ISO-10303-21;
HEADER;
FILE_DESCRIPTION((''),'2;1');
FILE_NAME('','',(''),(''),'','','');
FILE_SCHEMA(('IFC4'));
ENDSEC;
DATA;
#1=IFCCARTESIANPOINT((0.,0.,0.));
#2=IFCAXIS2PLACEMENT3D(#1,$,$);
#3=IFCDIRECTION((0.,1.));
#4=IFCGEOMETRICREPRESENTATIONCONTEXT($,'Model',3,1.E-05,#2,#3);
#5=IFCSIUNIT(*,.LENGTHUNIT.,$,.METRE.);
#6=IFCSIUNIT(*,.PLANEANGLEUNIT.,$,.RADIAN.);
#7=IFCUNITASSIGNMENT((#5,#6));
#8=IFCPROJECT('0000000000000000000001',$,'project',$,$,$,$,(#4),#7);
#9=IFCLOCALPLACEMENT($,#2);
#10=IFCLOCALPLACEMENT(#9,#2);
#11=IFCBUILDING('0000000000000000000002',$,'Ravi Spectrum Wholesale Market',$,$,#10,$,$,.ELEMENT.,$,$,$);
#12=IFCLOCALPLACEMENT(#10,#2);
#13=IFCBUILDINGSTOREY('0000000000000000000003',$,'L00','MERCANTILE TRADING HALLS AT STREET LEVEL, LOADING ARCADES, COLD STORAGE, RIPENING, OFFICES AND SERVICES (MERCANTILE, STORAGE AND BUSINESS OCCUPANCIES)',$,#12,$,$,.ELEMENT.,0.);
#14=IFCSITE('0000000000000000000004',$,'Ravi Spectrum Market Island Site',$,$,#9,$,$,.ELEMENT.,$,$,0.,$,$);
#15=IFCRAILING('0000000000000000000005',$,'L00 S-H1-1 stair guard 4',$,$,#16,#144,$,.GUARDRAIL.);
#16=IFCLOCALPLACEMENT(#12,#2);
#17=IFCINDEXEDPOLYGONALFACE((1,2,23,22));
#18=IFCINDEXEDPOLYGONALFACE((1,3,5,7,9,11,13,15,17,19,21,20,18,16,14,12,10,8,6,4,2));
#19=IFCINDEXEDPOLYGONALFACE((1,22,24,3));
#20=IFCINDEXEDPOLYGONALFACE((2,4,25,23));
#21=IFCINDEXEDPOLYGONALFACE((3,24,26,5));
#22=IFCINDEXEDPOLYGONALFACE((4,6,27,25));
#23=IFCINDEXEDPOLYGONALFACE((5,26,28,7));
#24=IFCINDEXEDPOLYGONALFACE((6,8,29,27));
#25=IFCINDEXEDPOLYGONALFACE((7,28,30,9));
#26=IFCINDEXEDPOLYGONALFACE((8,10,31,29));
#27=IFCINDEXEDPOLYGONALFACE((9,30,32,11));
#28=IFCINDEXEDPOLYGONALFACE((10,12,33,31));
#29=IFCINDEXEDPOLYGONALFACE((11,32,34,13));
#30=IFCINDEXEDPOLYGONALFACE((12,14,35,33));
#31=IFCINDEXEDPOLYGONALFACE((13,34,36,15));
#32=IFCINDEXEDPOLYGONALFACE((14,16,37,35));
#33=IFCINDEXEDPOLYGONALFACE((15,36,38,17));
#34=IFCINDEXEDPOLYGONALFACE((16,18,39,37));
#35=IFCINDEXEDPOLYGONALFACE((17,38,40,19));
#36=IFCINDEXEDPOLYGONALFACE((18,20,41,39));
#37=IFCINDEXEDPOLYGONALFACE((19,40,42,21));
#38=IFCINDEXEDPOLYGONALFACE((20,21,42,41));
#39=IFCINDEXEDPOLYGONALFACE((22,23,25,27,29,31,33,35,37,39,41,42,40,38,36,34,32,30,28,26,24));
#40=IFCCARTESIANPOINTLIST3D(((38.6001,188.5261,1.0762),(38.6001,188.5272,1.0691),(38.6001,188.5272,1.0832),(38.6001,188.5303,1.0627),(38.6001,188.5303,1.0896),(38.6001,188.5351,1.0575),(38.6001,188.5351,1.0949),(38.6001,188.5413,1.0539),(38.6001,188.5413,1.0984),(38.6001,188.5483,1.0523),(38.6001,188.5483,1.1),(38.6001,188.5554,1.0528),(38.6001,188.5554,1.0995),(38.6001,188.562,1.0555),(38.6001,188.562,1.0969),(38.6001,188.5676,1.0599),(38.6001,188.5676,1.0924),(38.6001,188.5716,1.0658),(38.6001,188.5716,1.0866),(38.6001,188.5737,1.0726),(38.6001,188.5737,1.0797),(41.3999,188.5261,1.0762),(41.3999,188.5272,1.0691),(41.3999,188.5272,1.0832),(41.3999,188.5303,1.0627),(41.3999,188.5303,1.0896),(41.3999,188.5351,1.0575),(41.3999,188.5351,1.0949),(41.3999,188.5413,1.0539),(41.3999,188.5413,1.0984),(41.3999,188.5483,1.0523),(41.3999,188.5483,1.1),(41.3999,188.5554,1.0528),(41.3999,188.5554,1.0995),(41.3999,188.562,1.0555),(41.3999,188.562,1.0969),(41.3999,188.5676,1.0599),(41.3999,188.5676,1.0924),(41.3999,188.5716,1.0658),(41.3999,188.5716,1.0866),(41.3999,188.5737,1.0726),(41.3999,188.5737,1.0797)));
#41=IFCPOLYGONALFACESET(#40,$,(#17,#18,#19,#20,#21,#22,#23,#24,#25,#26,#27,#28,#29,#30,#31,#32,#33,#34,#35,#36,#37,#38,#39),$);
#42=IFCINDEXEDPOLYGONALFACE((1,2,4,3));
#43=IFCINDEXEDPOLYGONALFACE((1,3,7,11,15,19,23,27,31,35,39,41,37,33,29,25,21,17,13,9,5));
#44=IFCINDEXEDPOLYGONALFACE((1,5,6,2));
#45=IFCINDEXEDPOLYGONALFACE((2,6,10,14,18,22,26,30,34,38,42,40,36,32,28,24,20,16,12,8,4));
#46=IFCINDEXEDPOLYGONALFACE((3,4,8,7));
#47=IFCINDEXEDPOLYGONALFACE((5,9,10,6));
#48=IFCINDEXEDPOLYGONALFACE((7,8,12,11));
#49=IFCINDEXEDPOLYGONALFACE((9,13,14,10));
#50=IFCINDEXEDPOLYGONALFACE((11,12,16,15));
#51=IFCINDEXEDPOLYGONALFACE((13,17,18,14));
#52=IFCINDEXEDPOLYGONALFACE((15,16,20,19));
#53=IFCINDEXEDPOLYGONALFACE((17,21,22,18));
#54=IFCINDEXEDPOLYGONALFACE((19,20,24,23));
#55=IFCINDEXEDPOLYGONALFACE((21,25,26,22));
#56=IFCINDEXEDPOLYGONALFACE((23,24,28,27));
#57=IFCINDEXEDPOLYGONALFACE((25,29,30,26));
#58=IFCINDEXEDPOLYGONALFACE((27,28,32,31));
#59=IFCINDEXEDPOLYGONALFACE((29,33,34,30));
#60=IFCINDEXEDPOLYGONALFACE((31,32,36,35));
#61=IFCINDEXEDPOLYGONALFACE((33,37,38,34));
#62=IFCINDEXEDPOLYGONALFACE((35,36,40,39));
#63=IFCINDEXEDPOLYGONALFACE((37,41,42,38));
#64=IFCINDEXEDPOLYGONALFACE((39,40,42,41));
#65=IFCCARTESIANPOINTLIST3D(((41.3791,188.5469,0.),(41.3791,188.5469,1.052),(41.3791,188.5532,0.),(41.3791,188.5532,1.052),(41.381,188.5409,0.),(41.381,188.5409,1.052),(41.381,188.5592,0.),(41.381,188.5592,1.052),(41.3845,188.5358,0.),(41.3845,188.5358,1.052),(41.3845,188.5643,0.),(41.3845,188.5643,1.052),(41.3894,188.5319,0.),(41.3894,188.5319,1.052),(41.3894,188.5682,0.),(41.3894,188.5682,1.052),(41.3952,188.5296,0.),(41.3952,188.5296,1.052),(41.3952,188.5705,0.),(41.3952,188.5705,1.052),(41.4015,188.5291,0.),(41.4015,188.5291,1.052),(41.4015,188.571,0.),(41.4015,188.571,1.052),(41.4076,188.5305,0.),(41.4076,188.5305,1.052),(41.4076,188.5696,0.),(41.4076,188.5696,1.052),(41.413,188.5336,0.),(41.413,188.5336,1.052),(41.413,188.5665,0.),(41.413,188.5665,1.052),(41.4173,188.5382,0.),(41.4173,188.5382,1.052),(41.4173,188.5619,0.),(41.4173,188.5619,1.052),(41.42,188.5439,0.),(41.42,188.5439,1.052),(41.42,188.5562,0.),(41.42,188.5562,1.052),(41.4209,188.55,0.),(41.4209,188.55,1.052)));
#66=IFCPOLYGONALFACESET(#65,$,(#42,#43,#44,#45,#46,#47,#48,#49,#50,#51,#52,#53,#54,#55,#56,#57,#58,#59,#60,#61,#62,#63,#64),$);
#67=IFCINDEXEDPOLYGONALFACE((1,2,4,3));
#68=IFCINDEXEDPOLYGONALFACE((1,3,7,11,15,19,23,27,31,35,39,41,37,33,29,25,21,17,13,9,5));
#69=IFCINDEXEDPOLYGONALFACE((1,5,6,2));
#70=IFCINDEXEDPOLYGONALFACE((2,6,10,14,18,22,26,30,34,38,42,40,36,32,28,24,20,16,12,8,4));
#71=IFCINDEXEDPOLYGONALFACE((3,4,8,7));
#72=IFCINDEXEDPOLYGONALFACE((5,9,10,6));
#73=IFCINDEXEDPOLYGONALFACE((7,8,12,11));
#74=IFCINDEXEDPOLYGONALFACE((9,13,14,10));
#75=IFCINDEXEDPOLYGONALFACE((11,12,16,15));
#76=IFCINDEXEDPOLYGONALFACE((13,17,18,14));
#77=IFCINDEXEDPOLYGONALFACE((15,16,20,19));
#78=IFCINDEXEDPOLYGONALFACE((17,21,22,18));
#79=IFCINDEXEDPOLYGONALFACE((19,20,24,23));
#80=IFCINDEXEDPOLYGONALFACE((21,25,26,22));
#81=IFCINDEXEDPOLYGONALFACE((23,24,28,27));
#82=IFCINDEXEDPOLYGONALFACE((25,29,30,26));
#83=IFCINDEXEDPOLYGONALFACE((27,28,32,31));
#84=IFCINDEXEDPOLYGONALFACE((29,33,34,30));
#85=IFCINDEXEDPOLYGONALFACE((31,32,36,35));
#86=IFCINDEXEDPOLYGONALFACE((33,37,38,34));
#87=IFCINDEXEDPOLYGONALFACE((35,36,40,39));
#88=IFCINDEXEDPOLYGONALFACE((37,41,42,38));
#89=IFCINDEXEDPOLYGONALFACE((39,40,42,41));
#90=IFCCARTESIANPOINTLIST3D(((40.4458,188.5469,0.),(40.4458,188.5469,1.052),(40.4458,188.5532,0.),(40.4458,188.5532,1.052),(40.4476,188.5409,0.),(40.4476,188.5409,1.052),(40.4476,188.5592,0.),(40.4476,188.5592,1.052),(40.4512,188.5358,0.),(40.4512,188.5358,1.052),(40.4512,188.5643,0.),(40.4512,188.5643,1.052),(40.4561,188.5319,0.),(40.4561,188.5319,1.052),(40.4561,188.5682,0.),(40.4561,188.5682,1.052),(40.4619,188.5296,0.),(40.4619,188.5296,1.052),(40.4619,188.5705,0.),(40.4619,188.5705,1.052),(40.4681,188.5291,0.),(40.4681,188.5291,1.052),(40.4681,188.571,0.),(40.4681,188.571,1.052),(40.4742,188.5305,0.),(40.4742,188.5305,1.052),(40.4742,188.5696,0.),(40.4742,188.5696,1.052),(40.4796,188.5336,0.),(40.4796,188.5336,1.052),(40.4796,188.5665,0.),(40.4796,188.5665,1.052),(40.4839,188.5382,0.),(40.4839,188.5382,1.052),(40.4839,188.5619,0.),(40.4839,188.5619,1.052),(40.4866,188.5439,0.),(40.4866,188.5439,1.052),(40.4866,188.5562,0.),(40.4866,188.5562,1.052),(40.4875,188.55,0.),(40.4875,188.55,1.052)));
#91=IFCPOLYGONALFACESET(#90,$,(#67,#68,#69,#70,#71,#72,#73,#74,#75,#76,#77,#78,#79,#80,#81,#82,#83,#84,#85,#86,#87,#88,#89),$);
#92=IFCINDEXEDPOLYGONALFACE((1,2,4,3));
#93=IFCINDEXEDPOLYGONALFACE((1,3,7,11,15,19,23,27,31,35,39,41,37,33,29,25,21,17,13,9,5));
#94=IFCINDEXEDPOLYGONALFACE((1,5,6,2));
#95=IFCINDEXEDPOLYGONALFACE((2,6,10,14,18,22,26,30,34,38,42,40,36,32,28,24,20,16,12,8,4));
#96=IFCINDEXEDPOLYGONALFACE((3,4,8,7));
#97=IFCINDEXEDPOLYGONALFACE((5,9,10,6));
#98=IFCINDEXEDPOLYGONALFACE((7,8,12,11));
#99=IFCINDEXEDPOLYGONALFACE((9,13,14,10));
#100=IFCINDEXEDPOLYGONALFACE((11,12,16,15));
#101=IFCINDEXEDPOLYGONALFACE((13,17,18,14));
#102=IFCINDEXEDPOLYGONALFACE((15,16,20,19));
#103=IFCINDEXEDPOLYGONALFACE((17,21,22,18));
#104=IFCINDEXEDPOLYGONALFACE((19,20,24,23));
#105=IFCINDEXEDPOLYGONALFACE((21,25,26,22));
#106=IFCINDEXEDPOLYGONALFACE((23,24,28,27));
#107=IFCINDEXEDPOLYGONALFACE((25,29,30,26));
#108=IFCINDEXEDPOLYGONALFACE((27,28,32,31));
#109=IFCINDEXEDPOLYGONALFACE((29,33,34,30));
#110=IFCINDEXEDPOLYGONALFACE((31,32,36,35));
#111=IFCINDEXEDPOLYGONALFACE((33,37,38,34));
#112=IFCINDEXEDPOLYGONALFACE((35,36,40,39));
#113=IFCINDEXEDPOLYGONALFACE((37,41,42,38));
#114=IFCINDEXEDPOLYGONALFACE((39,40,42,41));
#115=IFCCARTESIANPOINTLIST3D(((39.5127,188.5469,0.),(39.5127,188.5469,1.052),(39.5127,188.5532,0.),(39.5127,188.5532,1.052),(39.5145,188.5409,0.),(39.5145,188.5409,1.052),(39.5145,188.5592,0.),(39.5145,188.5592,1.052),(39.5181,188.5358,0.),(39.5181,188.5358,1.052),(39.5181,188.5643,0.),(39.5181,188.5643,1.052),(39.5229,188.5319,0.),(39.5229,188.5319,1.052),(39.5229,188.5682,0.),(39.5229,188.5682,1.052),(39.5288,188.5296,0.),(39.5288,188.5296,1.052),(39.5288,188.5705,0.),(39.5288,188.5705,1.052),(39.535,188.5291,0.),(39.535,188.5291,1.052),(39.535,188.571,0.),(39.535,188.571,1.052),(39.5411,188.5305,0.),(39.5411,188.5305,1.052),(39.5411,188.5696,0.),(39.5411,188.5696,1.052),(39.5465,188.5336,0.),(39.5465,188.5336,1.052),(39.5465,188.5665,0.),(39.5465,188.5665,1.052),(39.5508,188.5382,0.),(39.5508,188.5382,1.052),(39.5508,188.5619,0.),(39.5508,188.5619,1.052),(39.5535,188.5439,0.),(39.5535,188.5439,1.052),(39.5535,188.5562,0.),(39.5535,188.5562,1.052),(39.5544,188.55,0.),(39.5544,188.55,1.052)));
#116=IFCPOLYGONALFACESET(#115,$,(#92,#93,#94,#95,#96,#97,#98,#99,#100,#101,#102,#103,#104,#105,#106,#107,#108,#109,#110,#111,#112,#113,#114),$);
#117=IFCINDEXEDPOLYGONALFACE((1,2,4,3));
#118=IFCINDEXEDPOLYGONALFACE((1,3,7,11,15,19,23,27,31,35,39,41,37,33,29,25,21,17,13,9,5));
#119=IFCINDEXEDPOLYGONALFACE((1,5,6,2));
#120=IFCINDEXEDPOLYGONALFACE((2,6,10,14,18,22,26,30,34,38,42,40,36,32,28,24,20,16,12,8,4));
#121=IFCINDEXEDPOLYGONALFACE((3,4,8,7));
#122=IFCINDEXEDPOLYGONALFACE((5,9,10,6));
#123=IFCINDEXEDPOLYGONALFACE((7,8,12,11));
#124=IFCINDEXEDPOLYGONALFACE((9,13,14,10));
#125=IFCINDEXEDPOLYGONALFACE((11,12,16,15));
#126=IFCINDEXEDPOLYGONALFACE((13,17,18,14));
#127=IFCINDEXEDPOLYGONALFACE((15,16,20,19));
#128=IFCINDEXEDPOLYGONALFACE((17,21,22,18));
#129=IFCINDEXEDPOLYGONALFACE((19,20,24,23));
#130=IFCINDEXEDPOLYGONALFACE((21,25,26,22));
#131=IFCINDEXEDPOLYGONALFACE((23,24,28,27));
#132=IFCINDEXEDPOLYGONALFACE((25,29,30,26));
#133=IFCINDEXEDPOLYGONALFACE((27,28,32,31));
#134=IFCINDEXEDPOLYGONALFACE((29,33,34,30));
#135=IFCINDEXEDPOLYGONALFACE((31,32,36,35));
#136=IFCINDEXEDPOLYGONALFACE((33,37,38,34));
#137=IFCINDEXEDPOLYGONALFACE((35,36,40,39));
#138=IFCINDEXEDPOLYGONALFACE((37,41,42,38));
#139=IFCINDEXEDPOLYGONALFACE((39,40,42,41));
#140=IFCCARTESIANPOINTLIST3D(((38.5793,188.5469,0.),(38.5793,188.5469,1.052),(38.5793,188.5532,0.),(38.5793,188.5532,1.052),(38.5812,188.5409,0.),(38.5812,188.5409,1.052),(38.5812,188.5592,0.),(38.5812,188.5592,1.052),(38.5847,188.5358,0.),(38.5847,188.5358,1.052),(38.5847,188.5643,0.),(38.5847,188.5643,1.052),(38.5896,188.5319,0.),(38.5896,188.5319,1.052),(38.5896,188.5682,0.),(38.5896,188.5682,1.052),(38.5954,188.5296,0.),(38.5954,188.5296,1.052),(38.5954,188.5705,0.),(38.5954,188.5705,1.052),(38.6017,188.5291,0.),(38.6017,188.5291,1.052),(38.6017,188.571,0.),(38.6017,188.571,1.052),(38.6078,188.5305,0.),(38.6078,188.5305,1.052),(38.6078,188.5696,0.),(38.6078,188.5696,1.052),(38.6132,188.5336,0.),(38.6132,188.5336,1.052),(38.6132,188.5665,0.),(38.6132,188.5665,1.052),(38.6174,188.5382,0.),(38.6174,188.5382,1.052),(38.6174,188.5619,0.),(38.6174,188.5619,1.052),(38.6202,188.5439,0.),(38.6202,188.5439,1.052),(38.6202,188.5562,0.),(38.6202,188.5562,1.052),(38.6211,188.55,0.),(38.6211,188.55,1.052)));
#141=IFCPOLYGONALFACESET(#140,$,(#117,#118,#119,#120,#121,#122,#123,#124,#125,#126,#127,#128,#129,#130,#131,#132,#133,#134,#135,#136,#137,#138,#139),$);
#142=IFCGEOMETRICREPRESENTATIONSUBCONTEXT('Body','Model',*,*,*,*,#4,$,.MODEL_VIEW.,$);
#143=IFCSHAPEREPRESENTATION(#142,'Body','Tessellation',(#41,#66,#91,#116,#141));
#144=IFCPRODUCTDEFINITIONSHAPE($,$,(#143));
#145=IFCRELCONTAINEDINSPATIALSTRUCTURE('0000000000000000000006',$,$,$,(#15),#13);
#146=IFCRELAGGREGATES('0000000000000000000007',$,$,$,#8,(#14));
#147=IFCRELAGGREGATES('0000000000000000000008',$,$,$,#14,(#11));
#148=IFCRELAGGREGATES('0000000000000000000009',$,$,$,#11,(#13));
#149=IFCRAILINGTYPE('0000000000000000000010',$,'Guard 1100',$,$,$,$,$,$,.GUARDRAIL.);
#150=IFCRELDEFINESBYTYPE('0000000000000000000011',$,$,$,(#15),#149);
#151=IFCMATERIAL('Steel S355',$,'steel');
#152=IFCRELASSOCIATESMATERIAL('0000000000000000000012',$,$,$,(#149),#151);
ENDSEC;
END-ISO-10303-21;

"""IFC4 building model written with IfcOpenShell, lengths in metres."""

from ifc_helpers import new_model, si_unit, direction, frame, origin, origin_2d, place, context, subcontext, project, spatial, circle, extrude, material, type_object, element, save


model = new_model("IFC4")

# Units and contexts
model_context = context("Model", 3, precision=1e-05, world=origin(), true_north=direction((0.0, 1.0)))
body_context = subcontext(model_context, "Body", "Model", "MODEL_VIEW")
ifc_project = project(units=[si_unit("LENGTHUNIT", "METRE"), si_unit("PLANEANGLEUNIT", "RADIAN")], contexts=[model_context])

# Site, building, storey
site_placement = place(None, origin())
site = spatial("IfcSite", under=ifc_project, at=site_placement, Name="Ravi Spectrum Market Island Site", CompositionType="ELEMENT", RefElevation=0.0)
building_placement = place(site_placement, origin())
building = spatial("IfcBuilding", under=site, at=building_placement, Name="Ravi Spectrum Wholesale Market", CompositionType="ELEMENT")
storey_placement = place(building_placement, origin())
storey = spatial("IfcBuildingStorey", under=building, at=storey_placement, Name="L00", Description="MERCANTILE TRADING HALLS AT STREET LEVEL, LOADING ARCADES, COLD STORAGE, RIPENING, OFFICES AND SERVICES (MERCANTILE, STORAGE AND BUSINESS OCCUPANCIES)", CompositionType="ELEMENT", Elevation=0.0)

# Railing
ifc_material_1 = material(Name="Steel S355", Category="steel")
railing_type_1 = type_object("IfcRailingType", Name="Guard 1100", PredefinedType="GUARDRAIL", material=ifc_material_1)
railing_1_placement = place(storey_placement, frame((41.3999, 188.55, 0.0)))
element("IfcRailing", 1, at=railing_1_placement, inside=storey, type_object=railing_type_1, Name="L00 S-H1-1 stair guard 4", PredefinedType="GUARDRAIL", context=body_context, shape_type="SweptSolid", body=[
    extrude(circle(Radius=0.0239, at=origin_2d()), frame((0.0, 0.0, 1.0762), z_axis=(-1.0, 0.0, 0.0), x_axis=(0.0, -1.0, 0.0)), (0.0, 0.0, 1.0), 2.7998),
    extrude(circle(Radius=0.021, at=origin_2d()), origin(), (0.0, 0.0, 1.0), 1.052),
    extrude(circle(Radius=0.021, at=origin_2d()), frame((-0.9333, 0.0, 0.0)), (0.0, 0.0, 1.0), 1.052),
    extrude(circle(Radius=0.021, at=origin_2d()), frame((-1.8665, 0.0, 0.0)), (0.0, 0.0, 1.0), 1.052),
    extrude(circle(Radius=0.021, at=origin_2d()), frame((-2.7998, 0.0, 0.0)), (0.0, 0.0, 1.0), 1.052),
])

save(model, "model.ifc")
